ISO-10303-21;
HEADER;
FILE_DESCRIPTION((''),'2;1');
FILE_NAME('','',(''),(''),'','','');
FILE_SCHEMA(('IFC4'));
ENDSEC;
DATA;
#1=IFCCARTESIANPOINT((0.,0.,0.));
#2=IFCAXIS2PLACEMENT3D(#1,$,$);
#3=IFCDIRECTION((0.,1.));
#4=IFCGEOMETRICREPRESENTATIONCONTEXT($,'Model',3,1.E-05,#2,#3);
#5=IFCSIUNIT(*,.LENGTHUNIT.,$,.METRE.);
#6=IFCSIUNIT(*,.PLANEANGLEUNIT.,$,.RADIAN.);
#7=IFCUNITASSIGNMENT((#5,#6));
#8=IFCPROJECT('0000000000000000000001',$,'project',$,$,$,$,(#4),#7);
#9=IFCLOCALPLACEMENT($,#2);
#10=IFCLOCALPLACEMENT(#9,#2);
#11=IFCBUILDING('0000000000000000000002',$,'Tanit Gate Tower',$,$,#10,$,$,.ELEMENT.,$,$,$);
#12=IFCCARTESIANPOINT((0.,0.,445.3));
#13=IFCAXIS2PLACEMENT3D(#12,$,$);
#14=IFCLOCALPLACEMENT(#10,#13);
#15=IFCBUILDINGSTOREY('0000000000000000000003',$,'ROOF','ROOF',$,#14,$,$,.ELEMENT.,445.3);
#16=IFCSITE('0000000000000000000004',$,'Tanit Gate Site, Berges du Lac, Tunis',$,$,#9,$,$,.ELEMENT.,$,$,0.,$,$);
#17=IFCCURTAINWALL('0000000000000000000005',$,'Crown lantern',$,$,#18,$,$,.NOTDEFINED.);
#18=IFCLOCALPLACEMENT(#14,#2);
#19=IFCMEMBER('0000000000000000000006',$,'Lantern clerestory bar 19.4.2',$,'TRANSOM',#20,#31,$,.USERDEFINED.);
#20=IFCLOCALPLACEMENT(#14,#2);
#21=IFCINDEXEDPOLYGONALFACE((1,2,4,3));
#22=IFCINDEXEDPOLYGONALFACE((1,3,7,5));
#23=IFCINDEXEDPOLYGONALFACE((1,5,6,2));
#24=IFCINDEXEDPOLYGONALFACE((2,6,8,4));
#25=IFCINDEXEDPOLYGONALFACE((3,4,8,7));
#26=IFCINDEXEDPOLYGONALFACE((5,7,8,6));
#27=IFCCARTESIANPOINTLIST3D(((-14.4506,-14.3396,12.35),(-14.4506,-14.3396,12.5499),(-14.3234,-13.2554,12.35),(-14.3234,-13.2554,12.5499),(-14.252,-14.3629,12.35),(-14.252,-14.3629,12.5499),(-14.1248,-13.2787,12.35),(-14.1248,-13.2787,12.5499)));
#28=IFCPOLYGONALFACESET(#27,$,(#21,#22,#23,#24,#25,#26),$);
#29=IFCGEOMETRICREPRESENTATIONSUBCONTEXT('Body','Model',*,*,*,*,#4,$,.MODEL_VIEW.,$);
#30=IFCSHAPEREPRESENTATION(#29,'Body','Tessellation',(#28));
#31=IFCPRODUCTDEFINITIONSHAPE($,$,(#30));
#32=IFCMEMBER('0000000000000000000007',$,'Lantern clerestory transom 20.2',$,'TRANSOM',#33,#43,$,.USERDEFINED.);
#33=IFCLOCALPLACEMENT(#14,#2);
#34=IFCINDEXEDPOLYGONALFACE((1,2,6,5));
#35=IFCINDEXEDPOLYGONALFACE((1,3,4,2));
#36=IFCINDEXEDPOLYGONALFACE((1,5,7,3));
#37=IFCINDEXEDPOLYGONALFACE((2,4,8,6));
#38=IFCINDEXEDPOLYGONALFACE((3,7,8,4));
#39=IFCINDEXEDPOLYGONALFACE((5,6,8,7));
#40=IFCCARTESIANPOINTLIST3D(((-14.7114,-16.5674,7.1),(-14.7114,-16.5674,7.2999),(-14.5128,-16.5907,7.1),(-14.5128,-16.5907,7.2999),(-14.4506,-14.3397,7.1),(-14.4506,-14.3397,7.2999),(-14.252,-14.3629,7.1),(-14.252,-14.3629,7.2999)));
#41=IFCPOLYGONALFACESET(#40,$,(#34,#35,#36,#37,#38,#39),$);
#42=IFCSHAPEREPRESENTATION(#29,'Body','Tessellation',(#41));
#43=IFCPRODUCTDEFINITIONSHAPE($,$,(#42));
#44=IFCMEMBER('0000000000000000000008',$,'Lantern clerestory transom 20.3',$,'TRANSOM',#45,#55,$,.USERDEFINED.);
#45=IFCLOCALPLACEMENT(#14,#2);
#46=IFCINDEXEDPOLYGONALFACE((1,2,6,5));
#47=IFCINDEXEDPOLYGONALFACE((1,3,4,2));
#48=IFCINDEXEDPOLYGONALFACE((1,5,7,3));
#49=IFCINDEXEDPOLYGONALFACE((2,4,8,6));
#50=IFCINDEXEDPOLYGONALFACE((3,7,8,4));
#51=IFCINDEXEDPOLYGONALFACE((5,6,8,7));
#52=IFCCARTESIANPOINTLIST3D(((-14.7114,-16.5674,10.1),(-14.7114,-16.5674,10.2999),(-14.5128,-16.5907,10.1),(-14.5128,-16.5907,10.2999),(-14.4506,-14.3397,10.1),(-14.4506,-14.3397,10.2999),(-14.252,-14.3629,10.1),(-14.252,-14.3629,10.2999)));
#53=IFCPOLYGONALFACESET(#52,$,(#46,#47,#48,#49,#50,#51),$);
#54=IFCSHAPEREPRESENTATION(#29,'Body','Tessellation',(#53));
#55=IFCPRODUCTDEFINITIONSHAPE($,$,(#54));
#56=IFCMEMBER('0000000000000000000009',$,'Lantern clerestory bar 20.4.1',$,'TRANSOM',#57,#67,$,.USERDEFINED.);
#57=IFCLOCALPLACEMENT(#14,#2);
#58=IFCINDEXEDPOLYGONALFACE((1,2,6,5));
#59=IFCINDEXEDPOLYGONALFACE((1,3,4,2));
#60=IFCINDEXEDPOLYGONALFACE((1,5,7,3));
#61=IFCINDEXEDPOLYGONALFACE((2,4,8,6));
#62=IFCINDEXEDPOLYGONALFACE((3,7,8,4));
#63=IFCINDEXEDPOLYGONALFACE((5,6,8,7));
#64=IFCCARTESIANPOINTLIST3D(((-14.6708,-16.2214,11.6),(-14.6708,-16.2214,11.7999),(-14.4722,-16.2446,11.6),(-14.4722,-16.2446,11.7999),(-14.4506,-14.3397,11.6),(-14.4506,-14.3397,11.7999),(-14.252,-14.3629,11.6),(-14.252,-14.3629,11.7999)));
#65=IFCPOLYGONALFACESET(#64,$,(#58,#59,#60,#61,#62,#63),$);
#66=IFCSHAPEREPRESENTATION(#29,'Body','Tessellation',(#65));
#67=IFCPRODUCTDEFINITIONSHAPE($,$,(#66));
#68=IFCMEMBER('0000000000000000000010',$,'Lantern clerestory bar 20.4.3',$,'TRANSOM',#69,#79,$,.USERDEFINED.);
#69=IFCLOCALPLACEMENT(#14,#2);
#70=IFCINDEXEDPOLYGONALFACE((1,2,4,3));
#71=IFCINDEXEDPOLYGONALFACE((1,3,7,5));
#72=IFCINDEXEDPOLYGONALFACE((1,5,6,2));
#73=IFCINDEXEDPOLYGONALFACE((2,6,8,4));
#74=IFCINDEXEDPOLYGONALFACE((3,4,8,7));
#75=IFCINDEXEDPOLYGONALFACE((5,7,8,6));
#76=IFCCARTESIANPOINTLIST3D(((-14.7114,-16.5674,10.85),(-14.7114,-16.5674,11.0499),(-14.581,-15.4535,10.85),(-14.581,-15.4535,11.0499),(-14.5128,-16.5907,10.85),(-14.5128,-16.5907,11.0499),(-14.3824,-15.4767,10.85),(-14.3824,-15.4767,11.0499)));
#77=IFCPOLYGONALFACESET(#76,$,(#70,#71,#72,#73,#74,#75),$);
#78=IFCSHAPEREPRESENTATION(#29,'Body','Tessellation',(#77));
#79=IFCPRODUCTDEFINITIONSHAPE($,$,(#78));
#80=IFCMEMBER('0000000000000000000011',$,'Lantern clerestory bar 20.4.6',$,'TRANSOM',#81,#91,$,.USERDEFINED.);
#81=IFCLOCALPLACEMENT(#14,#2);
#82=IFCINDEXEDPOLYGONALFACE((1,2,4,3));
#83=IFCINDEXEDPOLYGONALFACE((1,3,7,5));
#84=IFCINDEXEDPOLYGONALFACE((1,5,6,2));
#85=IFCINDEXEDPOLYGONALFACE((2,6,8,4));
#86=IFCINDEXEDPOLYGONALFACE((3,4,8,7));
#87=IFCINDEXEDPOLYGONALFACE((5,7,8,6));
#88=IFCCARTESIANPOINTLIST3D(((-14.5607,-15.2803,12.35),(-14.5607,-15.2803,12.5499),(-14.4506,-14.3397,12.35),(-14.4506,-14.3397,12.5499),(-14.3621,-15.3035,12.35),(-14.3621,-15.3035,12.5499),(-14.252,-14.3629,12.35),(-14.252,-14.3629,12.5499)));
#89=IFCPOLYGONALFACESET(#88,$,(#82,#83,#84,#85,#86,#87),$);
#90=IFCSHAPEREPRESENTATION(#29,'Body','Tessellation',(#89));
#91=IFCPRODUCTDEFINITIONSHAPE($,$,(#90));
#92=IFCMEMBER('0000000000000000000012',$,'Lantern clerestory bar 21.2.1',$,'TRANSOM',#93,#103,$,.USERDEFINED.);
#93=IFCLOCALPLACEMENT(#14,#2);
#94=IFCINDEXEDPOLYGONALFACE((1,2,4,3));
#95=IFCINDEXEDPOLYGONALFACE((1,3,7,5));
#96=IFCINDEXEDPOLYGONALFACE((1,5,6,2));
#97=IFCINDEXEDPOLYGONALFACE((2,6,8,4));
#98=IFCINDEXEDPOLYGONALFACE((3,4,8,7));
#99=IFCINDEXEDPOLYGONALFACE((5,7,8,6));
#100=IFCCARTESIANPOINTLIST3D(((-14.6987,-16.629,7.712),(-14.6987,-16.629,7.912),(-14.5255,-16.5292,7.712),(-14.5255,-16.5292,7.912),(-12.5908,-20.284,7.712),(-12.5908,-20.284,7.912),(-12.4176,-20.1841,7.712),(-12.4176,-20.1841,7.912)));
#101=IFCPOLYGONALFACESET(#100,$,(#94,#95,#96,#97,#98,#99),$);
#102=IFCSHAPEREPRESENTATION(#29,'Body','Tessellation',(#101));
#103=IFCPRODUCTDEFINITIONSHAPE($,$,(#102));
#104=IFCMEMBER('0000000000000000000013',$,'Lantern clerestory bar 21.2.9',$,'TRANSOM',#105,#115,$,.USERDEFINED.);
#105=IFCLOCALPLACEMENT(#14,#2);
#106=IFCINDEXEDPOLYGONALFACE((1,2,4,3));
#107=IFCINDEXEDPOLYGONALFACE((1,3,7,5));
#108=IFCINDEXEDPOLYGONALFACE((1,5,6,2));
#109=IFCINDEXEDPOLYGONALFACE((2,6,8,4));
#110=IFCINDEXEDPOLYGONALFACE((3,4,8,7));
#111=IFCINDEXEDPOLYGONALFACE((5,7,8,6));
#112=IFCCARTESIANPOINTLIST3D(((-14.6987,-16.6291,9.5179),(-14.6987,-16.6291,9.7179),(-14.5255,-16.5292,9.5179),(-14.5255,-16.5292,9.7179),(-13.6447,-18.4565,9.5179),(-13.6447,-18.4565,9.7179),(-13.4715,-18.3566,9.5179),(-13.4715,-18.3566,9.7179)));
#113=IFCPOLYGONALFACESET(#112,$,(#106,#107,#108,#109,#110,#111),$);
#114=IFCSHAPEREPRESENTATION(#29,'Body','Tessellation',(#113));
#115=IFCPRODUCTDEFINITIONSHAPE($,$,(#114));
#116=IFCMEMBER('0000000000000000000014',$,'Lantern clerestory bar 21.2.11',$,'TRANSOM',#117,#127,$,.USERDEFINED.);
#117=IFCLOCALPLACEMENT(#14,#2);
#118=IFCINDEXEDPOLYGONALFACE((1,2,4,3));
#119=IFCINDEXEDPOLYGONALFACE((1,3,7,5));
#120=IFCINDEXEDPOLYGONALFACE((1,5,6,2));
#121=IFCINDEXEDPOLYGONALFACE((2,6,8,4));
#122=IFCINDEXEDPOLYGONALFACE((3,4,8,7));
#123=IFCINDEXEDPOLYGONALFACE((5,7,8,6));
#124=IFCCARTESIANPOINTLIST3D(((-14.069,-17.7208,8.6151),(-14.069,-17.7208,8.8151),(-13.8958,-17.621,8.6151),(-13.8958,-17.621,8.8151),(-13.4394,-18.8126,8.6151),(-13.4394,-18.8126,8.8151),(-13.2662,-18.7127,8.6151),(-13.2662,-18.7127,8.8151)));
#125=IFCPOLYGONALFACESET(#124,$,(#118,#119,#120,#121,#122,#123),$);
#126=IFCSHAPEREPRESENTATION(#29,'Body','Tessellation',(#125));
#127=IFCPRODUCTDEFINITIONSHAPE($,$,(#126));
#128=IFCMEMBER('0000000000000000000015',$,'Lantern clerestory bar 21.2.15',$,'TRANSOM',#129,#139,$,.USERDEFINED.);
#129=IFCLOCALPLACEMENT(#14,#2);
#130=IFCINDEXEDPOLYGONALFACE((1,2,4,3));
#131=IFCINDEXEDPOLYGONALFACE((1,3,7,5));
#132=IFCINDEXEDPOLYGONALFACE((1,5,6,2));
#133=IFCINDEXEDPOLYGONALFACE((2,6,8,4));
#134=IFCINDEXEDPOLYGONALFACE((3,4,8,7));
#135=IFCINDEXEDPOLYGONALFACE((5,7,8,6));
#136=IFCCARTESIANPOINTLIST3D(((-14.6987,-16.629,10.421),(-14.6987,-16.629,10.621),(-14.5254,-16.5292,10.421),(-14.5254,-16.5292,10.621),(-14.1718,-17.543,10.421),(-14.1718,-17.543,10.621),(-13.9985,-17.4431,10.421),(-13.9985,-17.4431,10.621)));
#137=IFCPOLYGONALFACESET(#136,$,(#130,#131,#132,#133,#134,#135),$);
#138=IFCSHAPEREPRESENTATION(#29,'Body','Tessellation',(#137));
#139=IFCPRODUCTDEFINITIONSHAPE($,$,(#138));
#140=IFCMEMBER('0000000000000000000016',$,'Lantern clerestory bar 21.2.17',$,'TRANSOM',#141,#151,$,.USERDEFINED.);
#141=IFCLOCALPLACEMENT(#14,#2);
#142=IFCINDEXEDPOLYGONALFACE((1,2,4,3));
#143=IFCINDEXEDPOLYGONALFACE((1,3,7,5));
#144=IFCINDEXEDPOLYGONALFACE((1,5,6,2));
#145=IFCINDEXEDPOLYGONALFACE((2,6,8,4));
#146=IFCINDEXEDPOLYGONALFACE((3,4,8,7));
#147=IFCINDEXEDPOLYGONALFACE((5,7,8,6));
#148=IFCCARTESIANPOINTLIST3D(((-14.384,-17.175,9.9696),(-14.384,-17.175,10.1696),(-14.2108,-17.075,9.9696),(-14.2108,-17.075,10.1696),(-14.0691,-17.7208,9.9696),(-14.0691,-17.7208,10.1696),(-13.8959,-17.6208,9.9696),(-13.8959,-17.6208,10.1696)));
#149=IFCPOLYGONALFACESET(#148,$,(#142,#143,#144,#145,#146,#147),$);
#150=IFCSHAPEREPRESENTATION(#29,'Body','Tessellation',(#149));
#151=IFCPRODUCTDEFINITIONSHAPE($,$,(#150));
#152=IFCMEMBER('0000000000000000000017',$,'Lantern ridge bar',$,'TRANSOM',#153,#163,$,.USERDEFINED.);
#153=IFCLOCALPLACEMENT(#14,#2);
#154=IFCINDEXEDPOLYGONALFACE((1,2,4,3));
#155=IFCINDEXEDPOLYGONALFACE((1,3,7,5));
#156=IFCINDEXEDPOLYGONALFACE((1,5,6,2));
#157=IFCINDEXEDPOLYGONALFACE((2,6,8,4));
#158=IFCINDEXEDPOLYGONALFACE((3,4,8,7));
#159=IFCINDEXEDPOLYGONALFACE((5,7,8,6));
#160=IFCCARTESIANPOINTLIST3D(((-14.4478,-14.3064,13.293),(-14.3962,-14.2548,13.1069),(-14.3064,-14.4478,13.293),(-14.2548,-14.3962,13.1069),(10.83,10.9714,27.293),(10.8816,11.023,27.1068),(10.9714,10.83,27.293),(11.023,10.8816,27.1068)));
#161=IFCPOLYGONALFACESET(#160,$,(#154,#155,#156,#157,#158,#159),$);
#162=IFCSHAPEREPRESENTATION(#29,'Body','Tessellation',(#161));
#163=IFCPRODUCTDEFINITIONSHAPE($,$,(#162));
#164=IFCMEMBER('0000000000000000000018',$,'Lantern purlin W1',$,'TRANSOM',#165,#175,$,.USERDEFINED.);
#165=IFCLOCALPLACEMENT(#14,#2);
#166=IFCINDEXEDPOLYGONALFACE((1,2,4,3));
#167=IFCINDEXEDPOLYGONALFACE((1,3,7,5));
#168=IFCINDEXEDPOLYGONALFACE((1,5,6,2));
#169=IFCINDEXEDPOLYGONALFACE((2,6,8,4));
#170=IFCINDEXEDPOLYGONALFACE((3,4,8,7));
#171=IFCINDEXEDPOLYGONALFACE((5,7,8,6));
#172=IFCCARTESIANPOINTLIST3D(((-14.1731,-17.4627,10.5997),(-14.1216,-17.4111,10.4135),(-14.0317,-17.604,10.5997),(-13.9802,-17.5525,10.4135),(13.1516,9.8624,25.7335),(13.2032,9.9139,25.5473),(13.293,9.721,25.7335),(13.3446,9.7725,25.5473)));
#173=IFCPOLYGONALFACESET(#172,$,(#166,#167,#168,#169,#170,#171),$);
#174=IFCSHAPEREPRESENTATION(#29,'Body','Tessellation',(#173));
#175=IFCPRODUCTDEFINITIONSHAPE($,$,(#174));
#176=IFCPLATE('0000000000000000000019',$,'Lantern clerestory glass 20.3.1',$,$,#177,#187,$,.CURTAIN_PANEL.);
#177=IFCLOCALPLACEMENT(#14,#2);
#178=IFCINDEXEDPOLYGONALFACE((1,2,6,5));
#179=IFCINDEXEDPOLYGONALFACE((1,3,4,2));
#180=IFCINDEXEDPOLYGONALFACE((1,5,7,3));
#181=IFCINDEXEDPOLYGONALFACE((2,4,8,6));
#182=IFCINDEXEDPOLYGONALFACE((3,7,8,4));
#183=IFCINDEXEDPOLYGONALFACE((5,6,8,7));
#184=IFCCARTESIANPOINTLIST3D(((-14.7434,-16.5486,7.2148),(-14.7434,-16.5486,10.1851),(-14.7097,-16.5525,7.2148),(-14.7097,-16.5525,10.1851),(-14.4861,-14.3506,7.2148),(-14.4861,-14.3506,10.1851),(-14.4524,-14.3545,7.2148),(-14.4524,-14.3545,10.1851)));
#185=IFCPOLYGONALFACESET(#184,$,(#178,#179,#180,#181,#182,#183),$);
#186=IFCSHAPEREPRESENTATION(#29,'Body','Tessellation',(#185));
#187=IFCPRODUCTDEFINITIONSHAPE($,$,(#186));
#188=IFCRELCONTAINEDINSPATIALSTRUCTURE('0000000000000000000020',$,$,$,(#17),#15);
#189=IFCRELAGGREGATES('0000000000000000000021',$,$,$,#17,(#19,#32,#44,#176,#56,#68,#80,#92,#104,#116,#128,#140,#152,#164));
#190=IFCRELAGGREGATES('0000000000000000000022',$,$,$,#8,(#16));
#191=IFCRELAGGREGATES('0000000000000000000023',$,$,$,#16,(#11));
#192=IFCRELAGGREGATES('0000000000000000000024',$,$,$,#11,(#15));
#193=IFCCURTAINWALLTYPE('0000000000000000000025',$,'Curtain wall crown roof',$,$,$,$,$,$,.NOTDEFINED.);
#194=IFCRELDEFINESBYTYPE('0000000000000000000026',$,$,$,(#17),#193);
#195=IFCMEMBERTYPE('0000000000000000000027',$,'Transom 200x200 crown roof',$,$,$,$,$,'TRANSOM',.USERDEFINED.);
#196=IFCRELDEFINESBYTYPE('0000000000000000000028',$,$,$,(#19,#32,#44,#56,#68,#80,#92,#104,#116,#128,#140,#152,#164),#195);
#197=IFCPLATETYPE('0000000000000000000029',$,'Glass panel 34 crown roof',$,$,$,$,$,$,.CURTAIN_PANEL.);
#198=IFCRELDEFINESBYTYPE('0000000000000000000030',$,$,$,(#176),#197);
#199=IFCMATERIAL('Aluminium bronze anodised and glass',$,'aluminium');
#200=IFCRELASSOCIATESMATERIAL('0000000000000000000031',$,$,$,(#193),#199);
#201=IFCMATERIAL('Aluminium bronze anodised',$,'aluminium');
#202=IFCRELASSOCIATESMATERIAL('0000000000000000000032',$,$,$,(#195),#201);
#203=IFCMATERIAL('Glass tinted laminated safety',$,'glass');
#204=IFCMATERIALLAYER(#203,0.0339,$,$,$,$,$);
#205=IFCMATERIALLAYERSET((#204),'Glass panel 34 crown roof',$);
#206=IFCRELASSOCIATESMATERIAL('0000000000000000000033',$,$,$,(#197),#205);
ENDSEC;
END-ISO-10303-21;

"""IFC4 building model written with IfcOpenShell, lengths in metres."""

from ifc_helpers import new_model, si_unit, direction, frame, origin, origin_2d, place, context, subcontext, project, spatial, polyline, rectangle, outline, extrude, material, layer, layer_set, material_profile, profile_set, type_object, element, aggregate, save


model = new_model("IFC4")

# Units and contexts
model_context = context("Model", 3, precision=1e-05, world=origin(), true_north=direction((0.0, 1.0)))
body_context = subcontext(model_context, "Body", "Model", "MODEL_VIEW")
ifc_project = project(units=[si_unit("LENGTHUNIT", "METRE"), si_unit("PLANEANGLEUNIT", "RADIAN")], contexts=[model_context])

# Site, building, storey
site_placement = place(None, origin())
site = spatial("IfcSite", under=ifc_project, at=site_placement, Name="Tanit Gate Site, Berges du Lac, Tunis", CompositionType="ELEMENT", RefElevation=0.0)
building_placement = place(site_placement, origin())
building = spatial("IfcBuilding", under=site, at=building_placement, Name="Tanit Gate Tower", CompositionType="ELEMENT")
storey_placement = place(building_placement, frame((0.0, 0.0, 445.3)))
storey = spatial("IfcBuildingStorey", under=building, at=storey_placement, Name="ROOF", Description="ROOF", CompositionType="ELEMENT", Elevation=445.3)

# Curtain wall, members, plate
ifc_material_1 = material(Name="Aluminium bronze anodised and glass", Category="aluminium")
curtain_wall_type = type_object("IfcCurtainWallType", Name="Curtain wall crown roof", PredefinedType="NOTDEFINED", material=ifc_material_1)
curtain_wall_placement = place(storey_placement, origin())
curtain_wall = element("IfcCurtainWall", 1, at=curtain_wall_placement, inside=storey, type_object=curtain_wall_type, Name="Crown lantern", PredefinedType="NOTDEFINED")
ifc_material_2 = material(Name="Aluminium bronze anodised", Category="aluminium")
ifc_material_profile_1 = material_profile(ifc_material_2, rectangle(XDim=0.2, YDim=0.2, at=origin_2d()), Name="200x200 bronze transom")
ifc_profile_set_1 = profile_set([ifc_material_profile_1], Name="Aluminium bronze anodised")
member_type_1 = type_object("IfcMemberType", Name="Transom 200x200 crown roof", ElementType="TRANSOM", PredefinedType="USERDEFINED", material=ifc_profile_set_1)
member_1_placement = place(storey_placement, frame((-14.2241, -13.2671, 12.45), z_axis=(-0.116517, -0.993189, 0.0), x_axis=(0.993189, -0.116517, 0.0)))
member_1 = element("IfcMember", 2, at=member_1_placement, type_object=member_type_1, Name="Lantern clerestory bar 19.4.2", ObjectType="TRANSOM", PredefinedType="USERDEFINED", context=body_context, shape_type="SweptSolid", body=[
    extrude(rectangle(XDim=0.2, YDim=0.2, at=origin_2d()), origin(), (0.0, 0.0, 1.0), 1.0916),
])
member_2_placement = place(storey_placement, frame((-14.3513, -14.3513, 7.2), z_axis=(-0.116248, -0.99322, 0.0), x_axis=(0.99322, -0.116248, 0.0)))
member_2 = element("IfcMember", 3, at=member_2_placement, type_object=member_type_1, Name="Lantern clerestory transom 20.2", ObjectType="TRANSOM", PredefinedType="USERDEFINED", context=body_context, shape_type="SweptSolid", body=[
    extrude(rectangle(XDim=0.2, YDim=0.2, at=origin_2d()), origin(), (0.0, 0.0, 1.0), 2.2429),
])
member_3_placement = place(storey_placement, frame((-14.3513, -14.3513, 10.2), z_axis=(-0.116248, -0.99322, 0.0), x_axis=(0.99322, -0.116248, 0.0)))
member_3 = element("IfcMember", 4, at=member_3_placement, type_object=member_type_1, Name="Lantern clerestory transom 20.3", ObjectType="TRANSOM", PredefinedType="USERDEFINED", context=body_context, shape_type="SweptSolid", body=[
    extrude(rectangle(XDim=0.2, YDim=0.2, at=origin_2d()), origin(), (0.0, 0.0, 1.0), 2.2429),
])
member_4_placement = place(storey_placement, frame((-14.3513, -14.3513, 11.7), z_axis=(-0.116243, -0.993221, 0.0), x_axis=(0.993221, -0.116243, 0.0)))
member_4 = element("IfcMember", 5, at=member_4_placement, type_object=member_type_1, Name="Lantern clerestory bar 20.4.1", ObjectType="TRANSOM", PredefinedType="USERDEFINED", context=body_context, shape_type="SweptSolid", body=[
    extrude(rectangle(XDim=0.2, YDim=0.2, at=origin_2d()), origin(), (0.0, 0.0, 1.0), 1.8945),
])
member_5_placement = place(storey_placement, frame((-14.4817, -15.4651, 10.95), z_axis=(-0.116235, -0.993222, 0.0), x_axis=(0.993222, -0.116235, 0.0)))
member_5 = element("IfcMember", 6, at=member_5_placement, type_object=member_type_1, Name="Lantern clerestory bar 20.4.3", ObjectType="TRANSOM", PredefinedType="USERDEFINED", context=body_context, shape_type="SweptSolid", body=[
    extrude(rectangle(XDim=0.2, YDim=0.2, at=origin_2d()), origin(), (0.0, 0.0, 1.0), 1.1216),
])
member_6_placement = place(storey_placement, frame((-14.3513, -14.3513, 12.45), z_axis=(-0.116258, -0.993219, 0.0), x_axis=(0.993219, -0.116258, 0.0)))
member_6 = element("IfcMember", 7, at=member_6_placement, type_object=member_type_1, Name="Lantern clerestory bar 20.4.6", ObjectType="TRANSOM", PredefinedType="USERDEFINED", context=body_context, shape_type="SweptSolid", body=[
    extrude(rectangle(XDim=0.2, YDim=0.2, at=origin_2d()), origin(), (0.0, 0.0, 1.0), 0.947),
])
member_7_placement = place(storey_placement, frame((-14.6121, -16.5791, 7.812), z_axis=(0.499587, -0.866264, 0.0), x_axis=(0.866264, 0.499587, 0.0)))
member_7 = element("IfcMember", 8, at=member_7_placement, type_object=member_type_1, Name="Lantern clerestory bar 21.2.1", ObjectType="TRANSOM", PredefinedType="USERDEFINED", context=body_context, shape_type="SweptSolid", body=[
    extrude(rectangle(XDim=0.2, YDim=0.2, at=origin_2d()), origin(), (0.0, 0.0, 1.0), 4.2192),
])
member_8_placement = place(storey_placement, frame((-14.6121, -16.5791, 9.6179), z_axis=(0.499612, -0.866249, 0.0), x_axis=(0.866249, 0.499612, 0.0)))
member_8 = element("IfcMember", 9, at=member_8_placement, type_object=member_type_1, Name="Lantern clerestory bar 21.2.9", ObjectType="TRANSOM", PredefinedType="USERDEFINED", context=body_context, shape_type="SweptSolid", body=[
    extrude(rectangle(XDim=0.2, YDim=0.2, at=origin_2d()), origin(), (0.0, 0.0, 1.0), 2.1096),
])
member_9_placement = place(storey_placement, frame((-13.9824, -17.6709, 8.7151), z_axis=(0.499577, -0.866269, 0.0), x_axis=(0.866269, 0.499577, 0.0)))
member_9 = element("IfcMember", 10, at=member_9_placement, type_object=member_type_1, Name="Lantern clerestory bar 21.2.11", ObjectType="TRANSOM", PredefinedType="USERDEFINED", context=body_context, shape_type="SweptSolid", body=[
    extrude(rectangle(XDim=0.2, YDim=0.2, at=origin_2d()), origin(), (0.0, 0.0, 1.0), 1.2603),
])
member_10_placement = place(storey_placement, frame((-14.6121, -16.5791, 10.521), z_axis=(0.499475, -0.866328, 0.0), x_axis=(0.866328, 0.499475, 0.0)))
member_10 = element("IfcMember", 11, at=member_10_placement, type_object=member_type_1, Name="Lantern clerestory bar 21.2.15", ObjectType="TRANSOM", PredefinedType="USERDEFINED", context=body_context, shape_type="SweptSolid", body=[
    extrude(rectangle(XDim=0.2, YDim=0.2, at=origin_2d()), origin(), (0.0, 0.0, 1.0), 1.0549),
])
member_11_placement = place(storey_placement, frame((-14.2974, -17.125, 10.0696), z_axis=(0.499722, -0.866186, 0.0), x_axis=(0.866186, 0.499722, 0.0)))
member_11 = element("IfcMember", 12, at=member_11_placement, type_object=member_type_1, Name="Lantern clerestory bar 21.2.17", ObjectType="TRANSOM", PredefinedType="USERDEFINED", context=body_context, shape_type="SweptSolid", body=[
    extrude(rectangle(XDim=0.2, YDim=0.2, at=origin_2d()), origin(), (0.0, 0.0, 1.0), 0.6301),
])
member_12_placement = place(storey_placement, frame((-14.3513, -14.3513, 13.2), z_axis=(0.658416, 0.658416, 0.36466), x_axis=(-0.707107, 0.707107, 0.0)))
member_12 = element("IfcMember", 13, at=member_12_placement, type_object=member_type_1, Name="Lantern ridge bar", ObjectType="TRANSOM", PredefinedType="USERDEFINED", context=body_context, shape_type="SweptSolid", body=[
    extrude(rectangle(XDim=0.2, YDim=0.2, at=origin_2d()), origin(), (0.0, 0.0, 1.0), 38.3918),
])
member_13_placement = place(storey_placement, frame((-14.0767, -17.5076, 10.5066), z_axis=(0.658413, 0.658418, 0.364662), x_axis=(-0.70711, 0.707104, 0.0)))
member_13 = element("IfcMember", 14, at=member_13_placement, type_object=member_type_1, Name="Lantern purlin W1", ObjectType="TRANSOM", PredefinedType="USERDEFINED", context=body_context, shape_type="SweptSolid", body=[
    extrude(rectangle(XDim=0.2, YDim=0.2, at=origin_2d()), origin(), (0.0, 0.0, 1.0), 41.501),
])
ifc_material_3 = material(Name="Glass tinted laminated safety", Category="glass")
ifc_layer = layer(ifc_material_3, 0.0339)
ifc_layer_set = layer_set([ifc_layer], Name="Glass panel 34 crown roof")
plate_type = type_object("IfcPlateType", Name="Glass panel 34 crown roof", PredefinedType="CURTAIN_PANEL", material=ifc_layer_set)
plate_1_placement = place(storey_placement, frame((-14.4861, -14.3506, 7.2148), z_axis=(-0.993217, 0.116278, 0.0), x_axis=(-0.116278, -0.993217, 0.0)))
plate_1 = element("IfcPlate", 15, at=plate_1_placement, type_object=plate_type, Name="Lantern clerestory glass 20.3.1", PredefinedType="CURTAIN_PANEL", context=body_context, shape_type="SweptSolid", body=[
    extrude(outline(polyline([(0.0, 0.0), (2.213, 0.0), (2.213, 2.9702), (0.0, 2.9702), (0.0, 0.0)])), origin(), (0.0, 0.0, -1.0), 0.0339),
])
aggregate(curtain_wall, [member_1, member_2, member_3, plate_1, member_4, member_5, member_6, member_7, member_8, member_9, member_10, member_11, member_12, member_13])

save(model, "model.ifc")
